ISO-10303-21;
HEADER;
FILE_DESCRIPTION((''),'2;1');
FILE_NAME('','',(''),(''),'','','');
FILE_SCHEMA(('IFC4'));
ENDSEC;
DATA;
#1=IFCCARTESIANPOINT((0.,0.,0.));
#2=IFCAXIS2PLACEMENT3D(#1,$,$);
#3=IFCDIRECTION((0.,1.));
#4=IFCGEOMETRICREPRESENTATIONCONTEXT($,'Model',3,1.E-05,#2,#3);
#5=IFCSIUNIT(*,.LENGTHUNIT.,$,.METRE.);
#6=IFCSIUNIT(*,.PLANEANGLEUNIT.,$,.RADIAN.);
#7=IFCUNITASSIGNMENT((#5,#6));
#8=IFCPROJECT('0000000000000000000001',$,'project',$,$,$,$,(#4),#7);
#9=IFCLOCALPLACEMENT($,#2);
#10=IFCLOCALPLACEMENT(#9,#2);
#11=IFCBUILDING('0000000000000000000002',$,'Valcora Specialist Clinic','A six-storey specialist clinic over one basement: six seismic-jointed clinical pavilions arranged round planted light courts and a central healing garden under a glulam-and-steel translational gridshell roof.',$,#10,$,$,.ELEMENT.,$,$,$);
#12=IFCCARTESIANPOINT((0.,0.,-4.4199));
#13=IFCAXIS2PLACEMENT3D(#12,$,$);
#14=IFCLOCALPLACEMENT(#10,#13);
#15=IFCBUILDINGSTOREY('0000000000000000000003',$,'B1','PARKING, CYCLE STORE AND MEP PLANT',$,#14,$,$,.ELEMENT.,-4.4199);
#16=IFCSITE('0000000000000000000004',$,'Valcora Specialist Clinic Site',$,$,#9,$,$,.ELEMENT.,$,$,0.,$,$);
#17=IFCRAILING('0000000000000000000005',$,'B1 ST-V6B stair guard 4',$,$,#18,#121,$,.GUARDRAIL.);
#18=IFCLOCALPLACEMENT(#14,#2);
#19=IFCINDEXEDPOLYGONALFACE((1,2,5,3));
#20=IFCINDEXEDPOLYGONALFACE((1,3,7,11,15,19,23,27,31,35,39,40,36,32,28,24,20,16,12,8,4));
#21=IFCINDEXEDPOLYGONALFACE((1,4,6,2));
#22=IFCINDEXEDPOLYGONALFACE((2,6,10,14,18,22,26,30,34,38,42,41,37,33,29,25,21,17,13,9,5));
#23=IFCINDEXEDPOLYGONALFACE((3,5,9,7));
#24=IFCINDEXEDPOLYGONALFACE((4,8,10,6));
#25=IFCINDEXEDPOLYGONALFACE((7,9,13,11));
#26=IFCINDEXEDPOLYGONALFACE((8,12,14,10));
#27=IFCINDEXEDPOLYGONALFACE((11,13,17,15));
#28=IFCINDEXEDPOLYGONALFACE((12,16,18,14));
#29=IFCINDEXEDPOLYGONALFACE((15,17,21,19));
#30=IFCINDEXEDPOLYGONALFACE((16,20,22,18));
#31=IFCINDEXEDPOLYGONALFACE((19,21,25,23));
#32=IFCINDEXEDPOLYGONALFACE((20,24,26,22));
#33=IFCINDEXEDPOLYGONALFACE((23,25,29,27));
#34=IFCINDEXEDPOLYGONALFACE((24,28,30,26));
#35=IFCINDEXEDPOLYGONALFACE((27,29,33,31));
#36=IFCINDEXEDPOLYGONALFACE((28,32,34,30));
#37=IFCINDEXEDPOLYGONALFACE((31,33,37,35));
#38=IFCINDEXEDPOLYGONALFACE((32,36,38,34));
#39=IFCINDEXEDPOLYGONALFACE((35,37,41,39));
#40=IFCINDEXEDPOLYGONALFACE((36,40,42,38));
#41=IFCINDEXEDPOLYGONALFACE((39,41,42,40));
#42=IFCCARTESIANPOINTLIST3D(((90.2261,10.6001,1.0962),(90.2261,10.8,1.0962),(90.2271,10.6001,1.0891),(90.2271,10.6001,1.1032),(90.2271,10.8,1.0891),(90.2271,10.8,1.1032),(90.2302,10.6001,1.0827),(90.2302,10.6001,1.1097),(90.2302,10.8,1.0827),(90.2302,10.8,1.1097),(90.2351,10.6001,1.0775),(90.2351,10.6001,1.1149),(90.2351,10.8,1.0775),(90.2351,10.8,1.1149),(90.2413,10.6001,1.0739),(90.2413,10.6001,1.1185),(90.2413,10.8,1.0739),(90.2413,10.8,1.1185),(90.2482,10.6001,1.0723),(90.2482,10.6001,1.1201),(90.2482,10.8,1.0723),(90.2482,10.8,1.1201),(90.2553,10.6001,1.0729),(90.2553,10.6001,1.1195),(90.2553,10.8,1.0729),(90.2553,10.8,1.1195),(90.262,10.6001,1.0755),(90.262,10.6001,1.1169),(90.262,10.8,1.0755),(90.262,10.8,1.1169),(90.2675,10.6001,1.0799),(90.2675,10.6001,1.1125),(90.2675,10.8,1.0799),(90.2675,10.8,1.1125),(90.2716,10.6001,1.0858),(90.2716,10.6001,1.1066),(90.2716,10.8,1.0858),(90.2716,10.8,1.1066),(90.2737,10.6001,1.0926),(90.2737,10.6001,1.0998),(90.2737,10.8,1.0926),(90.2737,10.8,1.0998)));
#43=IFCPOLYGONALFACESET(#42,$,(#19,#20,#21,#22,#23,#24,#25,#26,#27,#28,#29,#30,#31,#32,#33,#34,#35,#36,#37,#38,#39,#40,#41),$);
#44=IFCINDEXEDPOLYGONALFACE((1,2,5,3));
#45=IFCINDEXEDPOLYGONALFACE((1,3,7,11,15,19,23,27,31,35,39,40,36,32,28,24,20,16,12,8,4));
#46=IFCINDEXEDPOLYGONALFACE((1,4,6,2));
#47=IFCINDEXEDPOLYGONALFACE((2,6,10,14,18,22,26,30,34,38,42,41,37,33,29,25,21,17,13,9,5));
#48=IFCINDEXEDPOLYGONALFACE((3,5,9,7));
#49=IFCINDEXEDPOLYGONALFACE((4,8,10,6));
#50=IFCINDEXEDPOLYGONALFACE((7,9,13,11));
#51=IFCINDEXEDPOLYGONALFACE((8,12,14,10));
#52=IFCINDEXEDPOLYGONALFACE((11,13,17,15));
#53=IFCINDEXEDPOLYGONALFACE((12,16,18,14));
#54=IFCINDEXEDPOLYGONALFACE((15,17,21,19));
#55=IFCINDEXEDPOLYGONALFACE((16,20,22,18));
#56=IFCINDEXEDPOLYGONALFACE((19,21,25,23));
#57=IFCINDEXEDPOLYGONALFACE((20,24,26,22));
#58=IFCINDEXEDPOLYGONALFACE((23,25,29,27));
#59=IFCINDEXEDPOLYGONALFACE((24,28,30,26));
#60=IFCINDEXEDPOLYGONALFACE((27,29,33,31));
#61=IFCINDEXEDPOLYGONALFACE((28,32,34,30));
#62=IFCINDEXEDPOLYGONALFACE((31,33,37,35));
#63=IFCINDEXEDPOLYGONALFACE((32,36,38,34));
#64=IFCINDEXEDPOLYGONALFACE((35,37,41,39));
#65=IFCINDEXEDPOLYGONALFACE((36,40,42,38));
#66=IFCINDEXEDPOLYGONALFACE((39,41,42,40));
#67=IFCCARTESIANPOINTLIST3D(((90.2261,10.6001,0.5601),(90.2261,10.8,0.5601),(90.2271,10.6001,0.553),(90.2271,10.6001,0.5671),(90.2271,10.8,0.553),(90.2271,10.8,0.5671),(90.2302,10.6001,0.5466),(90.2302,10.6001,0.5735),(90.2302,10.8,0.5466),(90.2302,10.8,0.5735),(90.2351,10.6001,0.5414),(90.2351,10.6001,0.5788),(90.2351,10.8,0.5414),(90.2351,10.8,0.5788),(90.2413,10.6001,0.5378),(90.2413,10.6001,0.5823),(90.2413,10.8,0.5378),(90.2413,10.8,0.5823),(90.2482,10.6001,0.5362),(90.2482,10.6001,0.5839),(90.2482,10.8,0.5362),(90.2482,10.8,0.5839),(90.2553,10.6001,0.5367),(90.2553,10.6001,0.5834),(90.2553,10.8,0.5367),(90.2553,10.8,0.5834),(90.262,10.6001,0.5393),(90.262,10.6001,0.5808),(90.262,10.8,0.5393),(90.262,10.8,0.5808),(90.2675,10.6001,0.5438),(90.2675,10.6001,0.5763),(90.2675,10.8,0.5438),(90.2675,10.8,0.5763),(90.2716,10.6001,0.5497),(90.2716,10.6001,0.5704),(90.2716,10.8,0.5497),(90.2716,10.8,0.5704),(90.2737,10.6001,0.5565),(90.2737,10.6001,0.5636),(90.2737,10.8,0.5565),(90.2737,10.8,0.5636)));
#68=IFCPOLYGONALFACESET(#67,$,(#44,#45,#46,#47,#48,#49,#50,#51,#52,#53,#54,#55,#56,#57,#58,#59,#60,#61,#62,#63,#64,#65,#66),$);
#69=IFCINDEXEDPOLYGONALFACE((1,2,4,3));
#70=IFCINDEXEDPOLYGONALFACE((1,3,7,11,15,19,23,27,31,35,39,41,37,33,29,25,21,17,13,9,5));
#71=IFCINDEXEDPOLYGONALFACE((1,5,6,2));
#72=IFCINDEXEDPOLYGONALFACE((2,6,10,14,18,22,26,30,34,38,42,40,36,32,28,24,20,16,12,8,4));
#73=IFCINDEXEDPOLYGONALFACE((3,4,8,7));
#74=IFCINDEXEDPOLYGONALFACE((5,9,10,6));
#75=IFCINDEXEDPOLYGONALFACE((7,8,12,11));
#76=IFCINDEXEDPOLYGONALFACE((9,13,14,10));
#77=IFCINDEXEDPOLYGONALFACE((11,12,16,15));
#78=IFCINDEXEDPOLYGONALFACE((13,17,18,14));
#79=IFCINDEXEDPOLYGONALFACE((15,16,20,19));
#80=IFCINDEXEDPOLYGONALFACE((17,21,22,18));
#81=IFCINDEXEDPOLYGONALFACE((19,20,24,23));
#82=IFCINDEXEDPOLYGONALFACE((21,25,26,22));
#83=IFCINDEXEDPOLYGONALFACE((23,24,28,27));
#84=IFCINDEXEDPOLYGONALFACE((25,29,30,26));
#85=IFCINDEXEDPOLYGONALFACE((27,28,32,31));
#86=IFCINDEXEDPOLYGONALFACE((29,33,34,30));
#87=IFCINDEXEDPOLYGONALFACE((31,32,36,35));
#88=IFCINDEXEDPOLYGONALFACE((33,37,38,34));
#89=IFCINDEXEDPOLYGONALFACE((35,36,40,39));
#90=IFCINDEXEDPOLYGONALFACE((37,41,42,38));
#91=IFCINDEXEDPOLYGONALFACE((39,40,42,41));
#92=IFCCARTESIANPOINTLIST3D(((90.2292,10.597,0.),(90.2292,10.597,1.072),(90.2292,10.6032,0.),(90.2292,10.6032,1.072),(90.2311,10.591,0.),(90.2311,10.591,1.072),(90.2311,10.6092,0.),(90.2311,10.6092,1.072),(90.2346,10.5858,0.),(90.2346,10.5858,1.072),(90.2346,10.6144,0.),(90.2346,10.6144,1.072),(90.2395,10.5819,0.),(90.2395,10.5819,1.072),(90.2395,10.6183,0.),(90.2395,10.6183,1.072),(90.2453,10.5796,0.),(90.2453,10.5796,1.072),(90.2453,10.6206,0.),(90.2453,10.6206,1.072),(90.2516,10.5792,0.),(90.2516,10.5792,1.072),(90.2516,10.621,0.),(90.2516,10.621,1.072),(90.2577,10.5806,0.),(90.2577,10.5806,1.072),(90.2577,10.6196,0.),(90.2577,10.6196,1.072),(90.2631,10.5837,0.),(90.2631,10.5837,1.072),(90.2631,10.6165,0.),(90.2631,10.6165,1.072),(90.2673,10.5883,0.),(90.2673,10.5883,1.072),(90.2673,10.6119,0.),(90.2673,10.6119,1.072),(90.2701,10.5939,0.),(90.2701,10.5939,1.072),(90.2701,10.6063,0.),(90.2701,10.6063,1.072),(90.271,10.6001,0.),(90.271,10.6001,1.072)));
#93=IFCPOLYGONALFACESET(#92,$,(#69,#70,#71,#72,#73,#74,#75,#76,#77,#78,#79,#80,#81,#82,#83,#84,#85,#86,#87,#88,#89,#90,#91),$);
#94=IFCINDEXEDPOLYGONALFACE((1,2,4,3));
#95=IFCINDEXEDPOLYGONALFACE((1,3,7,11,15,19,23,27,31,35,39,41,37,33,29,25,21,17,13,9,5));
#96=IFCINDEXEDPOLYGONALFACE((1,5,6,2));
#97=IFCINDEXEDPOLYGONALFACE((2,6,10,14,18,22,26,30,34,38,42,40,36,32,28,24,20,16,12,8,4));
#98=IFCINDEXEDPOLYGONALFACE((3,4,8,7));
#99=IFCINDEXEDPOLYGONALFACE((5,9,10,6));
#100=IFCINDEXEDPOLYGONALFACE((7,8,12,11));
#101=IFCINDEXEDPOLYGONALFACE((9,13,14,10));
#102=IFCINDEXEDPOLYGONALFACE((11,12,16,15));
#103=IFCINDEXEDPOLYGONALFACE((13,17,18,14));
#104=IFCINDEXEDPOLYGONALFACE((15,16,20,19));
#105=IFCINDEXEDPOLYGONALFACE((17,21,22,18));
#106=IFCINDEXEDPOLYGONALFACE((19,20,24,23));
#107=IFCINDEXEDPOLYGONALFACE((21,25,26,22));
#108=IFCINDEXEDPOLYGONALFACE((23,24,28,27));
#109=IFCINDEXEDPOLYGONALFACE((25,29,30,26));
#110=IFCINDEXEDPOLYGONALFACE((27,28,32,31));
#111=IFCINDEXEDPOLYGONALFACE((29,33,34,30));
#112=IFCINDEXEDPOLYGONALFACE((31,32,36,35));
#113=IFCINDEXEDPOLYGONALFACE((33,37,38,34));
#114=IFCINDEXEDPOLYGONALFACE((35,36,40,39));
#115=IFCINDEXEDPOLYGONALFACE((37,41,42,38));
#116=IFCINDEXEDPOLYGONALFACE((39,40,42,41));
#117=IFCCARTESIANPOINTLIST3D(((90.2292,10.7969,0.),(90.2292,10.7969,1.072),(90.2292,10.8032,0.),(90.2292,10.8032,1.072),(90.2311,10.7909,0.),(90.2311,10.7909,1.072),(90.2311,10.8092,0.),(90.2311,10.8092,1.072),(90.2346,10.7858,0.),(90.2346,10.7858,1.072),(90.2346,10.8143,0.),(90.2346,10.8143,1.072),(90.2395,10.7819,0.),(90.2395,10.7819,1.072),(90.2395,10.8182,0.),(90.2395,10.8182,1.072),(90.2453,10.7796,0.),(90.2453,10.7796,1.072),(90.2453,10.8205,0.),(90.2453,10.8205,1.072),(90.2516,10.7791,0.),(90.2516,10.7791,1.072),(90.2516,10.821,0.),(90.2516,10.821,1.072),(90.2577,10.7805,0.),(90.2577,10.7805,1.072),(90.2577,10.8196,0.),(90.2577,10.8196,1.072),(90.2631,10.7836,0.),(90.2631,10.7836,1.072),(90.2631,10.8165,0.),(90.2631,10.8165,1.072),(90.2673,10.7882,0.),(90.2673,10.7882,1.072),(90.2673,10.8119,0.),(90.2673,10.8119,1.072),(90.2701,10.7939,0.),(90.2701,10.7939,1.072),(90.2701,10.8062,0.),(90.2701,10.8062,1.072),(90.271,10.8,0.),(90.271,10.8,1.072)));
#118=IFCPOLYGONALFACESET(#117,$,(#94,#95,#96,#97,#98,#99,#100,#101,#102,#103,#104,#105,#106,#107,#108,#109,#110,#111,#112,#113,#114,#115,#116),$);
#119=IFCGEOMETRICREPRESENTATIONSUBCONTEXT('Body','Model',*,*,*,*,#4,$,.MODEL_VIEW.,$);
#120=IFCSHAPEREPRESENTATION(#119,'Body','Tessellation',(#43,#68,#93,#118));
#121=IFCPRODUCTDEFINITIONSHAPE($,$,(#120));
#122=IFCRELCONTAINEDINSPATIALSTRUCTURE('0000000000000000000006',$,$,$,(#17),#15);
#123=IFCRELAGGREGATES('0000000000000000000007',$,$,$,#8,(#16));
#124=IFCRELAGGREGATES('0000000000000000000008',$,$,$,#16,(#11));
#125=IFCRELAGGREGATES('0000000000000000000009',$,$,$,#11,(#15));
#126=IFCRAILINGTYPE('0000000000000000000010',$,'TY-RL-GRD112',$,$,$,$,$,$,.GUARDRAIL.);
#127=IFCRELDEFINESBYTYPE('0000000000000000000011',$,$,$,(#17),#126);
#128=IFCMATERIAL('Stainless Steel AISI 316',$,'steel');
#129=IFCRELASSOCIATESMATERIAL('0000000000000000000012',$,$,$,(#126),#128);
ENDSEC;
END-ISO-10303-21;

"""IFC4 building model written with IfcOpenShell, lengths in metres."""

from ifc_helpers import new_model, si_unit, direction, frame, origin, origin_2d, place, context, subcontext, project, spatial, circle, extrude, material, type_object, element, save


model = new_model("IFC4")

# Units and contexts
model_context = context("Model", 3, precision=1e-05, world=origin(), true_north=direction((0.0, 1.0)))
body_context = subcontext(model_context, "Body", "Model", "MODEL_VIEW")
ifc_project = project(units=[si_unit("LENGTHUNIT", "METRE"), si_unit("PLANEANGLEUNIT", "RADIAN")], contexts=[model_context])

# Site, building, storey
site_placement = place(None, origin())
site = spatial("IfcSite", under=ifc_project, at=site_placement, Name="Valcora Specialist Clinic Site", CompositionType="ELEMENT", RefElevation=0.0)
building_placement = place(site_placement, origin())
building = spatial("IfcBuilding", under=site, at=building_placement, Name="Valcora Specialist Clinic", Description="A six-storey specialist clinic over one basement: six seismic-jointed clinical pavilions arranged round planted light courts and a central healing garden under a glulam-and-steel translational gridshell roof.", CompositionType="ELEMENT")
storey_placement = place(building_placement, frame((0.0, 0.0, -4.4199)))
storey = spatial("IfcBuildingStorey", under=building, at=storey_placement, Name="B1", Description="PARKING, CYCLE STORE AND MEP PLANT", CompositionType="ELEMENT", Elevation=-4.4199)

# Railing
ifc_material_1 = material(Name="Stainless Steel AISI 316", Category="steel")
railing_type_1 = type_object("IfcRailingType", Name="TY-RL-GRD112", PredefinedType="GUARDRAIL", material=ifc_material_1)
railing_1_placement = place(storey_placement, frame((90.25, 10.6001, 0.0)))
element("IfcRailing", 1, at=railing_1_placement, inside=storey, type_object=railing_type_1, Name="B1 ST-V6B stair guard 4", PredefinedType="GUARDRAIL", context=body_context, shape_type="SweptSolid", body=[
    extrude(circle(Radius=0.0239, at=origin_2d()), frame((0.0, 0.0, 1.0962), z_axis=(0.0, 1.0, 0.0), x_axis=(-1.0, 0.0, 0.0)), (0.0, 0.0, 1.0), 0.2),
    extrude(circle(Radius=0.0239, at=origin_2d()), frame((0.0, 0.0, 0.5601), z_axis=(0.0, 1.0, 0.0), x_axis=(-1.0, 0.0, 0.0)), (0.0, 0.0, 1.0), 0.2),
    extrude(circle(Radius=0.021, at=origin_2d()), origin(), (0.0, 0.0, 1.0), 1.072),
    extrude(circle(Radius=0.021, at=origin_2d()), frame((0.0, 0.2, 0.0)), (0.0, 0.0, 1.0), 1.072),
])

save(model, "model.ifc")
